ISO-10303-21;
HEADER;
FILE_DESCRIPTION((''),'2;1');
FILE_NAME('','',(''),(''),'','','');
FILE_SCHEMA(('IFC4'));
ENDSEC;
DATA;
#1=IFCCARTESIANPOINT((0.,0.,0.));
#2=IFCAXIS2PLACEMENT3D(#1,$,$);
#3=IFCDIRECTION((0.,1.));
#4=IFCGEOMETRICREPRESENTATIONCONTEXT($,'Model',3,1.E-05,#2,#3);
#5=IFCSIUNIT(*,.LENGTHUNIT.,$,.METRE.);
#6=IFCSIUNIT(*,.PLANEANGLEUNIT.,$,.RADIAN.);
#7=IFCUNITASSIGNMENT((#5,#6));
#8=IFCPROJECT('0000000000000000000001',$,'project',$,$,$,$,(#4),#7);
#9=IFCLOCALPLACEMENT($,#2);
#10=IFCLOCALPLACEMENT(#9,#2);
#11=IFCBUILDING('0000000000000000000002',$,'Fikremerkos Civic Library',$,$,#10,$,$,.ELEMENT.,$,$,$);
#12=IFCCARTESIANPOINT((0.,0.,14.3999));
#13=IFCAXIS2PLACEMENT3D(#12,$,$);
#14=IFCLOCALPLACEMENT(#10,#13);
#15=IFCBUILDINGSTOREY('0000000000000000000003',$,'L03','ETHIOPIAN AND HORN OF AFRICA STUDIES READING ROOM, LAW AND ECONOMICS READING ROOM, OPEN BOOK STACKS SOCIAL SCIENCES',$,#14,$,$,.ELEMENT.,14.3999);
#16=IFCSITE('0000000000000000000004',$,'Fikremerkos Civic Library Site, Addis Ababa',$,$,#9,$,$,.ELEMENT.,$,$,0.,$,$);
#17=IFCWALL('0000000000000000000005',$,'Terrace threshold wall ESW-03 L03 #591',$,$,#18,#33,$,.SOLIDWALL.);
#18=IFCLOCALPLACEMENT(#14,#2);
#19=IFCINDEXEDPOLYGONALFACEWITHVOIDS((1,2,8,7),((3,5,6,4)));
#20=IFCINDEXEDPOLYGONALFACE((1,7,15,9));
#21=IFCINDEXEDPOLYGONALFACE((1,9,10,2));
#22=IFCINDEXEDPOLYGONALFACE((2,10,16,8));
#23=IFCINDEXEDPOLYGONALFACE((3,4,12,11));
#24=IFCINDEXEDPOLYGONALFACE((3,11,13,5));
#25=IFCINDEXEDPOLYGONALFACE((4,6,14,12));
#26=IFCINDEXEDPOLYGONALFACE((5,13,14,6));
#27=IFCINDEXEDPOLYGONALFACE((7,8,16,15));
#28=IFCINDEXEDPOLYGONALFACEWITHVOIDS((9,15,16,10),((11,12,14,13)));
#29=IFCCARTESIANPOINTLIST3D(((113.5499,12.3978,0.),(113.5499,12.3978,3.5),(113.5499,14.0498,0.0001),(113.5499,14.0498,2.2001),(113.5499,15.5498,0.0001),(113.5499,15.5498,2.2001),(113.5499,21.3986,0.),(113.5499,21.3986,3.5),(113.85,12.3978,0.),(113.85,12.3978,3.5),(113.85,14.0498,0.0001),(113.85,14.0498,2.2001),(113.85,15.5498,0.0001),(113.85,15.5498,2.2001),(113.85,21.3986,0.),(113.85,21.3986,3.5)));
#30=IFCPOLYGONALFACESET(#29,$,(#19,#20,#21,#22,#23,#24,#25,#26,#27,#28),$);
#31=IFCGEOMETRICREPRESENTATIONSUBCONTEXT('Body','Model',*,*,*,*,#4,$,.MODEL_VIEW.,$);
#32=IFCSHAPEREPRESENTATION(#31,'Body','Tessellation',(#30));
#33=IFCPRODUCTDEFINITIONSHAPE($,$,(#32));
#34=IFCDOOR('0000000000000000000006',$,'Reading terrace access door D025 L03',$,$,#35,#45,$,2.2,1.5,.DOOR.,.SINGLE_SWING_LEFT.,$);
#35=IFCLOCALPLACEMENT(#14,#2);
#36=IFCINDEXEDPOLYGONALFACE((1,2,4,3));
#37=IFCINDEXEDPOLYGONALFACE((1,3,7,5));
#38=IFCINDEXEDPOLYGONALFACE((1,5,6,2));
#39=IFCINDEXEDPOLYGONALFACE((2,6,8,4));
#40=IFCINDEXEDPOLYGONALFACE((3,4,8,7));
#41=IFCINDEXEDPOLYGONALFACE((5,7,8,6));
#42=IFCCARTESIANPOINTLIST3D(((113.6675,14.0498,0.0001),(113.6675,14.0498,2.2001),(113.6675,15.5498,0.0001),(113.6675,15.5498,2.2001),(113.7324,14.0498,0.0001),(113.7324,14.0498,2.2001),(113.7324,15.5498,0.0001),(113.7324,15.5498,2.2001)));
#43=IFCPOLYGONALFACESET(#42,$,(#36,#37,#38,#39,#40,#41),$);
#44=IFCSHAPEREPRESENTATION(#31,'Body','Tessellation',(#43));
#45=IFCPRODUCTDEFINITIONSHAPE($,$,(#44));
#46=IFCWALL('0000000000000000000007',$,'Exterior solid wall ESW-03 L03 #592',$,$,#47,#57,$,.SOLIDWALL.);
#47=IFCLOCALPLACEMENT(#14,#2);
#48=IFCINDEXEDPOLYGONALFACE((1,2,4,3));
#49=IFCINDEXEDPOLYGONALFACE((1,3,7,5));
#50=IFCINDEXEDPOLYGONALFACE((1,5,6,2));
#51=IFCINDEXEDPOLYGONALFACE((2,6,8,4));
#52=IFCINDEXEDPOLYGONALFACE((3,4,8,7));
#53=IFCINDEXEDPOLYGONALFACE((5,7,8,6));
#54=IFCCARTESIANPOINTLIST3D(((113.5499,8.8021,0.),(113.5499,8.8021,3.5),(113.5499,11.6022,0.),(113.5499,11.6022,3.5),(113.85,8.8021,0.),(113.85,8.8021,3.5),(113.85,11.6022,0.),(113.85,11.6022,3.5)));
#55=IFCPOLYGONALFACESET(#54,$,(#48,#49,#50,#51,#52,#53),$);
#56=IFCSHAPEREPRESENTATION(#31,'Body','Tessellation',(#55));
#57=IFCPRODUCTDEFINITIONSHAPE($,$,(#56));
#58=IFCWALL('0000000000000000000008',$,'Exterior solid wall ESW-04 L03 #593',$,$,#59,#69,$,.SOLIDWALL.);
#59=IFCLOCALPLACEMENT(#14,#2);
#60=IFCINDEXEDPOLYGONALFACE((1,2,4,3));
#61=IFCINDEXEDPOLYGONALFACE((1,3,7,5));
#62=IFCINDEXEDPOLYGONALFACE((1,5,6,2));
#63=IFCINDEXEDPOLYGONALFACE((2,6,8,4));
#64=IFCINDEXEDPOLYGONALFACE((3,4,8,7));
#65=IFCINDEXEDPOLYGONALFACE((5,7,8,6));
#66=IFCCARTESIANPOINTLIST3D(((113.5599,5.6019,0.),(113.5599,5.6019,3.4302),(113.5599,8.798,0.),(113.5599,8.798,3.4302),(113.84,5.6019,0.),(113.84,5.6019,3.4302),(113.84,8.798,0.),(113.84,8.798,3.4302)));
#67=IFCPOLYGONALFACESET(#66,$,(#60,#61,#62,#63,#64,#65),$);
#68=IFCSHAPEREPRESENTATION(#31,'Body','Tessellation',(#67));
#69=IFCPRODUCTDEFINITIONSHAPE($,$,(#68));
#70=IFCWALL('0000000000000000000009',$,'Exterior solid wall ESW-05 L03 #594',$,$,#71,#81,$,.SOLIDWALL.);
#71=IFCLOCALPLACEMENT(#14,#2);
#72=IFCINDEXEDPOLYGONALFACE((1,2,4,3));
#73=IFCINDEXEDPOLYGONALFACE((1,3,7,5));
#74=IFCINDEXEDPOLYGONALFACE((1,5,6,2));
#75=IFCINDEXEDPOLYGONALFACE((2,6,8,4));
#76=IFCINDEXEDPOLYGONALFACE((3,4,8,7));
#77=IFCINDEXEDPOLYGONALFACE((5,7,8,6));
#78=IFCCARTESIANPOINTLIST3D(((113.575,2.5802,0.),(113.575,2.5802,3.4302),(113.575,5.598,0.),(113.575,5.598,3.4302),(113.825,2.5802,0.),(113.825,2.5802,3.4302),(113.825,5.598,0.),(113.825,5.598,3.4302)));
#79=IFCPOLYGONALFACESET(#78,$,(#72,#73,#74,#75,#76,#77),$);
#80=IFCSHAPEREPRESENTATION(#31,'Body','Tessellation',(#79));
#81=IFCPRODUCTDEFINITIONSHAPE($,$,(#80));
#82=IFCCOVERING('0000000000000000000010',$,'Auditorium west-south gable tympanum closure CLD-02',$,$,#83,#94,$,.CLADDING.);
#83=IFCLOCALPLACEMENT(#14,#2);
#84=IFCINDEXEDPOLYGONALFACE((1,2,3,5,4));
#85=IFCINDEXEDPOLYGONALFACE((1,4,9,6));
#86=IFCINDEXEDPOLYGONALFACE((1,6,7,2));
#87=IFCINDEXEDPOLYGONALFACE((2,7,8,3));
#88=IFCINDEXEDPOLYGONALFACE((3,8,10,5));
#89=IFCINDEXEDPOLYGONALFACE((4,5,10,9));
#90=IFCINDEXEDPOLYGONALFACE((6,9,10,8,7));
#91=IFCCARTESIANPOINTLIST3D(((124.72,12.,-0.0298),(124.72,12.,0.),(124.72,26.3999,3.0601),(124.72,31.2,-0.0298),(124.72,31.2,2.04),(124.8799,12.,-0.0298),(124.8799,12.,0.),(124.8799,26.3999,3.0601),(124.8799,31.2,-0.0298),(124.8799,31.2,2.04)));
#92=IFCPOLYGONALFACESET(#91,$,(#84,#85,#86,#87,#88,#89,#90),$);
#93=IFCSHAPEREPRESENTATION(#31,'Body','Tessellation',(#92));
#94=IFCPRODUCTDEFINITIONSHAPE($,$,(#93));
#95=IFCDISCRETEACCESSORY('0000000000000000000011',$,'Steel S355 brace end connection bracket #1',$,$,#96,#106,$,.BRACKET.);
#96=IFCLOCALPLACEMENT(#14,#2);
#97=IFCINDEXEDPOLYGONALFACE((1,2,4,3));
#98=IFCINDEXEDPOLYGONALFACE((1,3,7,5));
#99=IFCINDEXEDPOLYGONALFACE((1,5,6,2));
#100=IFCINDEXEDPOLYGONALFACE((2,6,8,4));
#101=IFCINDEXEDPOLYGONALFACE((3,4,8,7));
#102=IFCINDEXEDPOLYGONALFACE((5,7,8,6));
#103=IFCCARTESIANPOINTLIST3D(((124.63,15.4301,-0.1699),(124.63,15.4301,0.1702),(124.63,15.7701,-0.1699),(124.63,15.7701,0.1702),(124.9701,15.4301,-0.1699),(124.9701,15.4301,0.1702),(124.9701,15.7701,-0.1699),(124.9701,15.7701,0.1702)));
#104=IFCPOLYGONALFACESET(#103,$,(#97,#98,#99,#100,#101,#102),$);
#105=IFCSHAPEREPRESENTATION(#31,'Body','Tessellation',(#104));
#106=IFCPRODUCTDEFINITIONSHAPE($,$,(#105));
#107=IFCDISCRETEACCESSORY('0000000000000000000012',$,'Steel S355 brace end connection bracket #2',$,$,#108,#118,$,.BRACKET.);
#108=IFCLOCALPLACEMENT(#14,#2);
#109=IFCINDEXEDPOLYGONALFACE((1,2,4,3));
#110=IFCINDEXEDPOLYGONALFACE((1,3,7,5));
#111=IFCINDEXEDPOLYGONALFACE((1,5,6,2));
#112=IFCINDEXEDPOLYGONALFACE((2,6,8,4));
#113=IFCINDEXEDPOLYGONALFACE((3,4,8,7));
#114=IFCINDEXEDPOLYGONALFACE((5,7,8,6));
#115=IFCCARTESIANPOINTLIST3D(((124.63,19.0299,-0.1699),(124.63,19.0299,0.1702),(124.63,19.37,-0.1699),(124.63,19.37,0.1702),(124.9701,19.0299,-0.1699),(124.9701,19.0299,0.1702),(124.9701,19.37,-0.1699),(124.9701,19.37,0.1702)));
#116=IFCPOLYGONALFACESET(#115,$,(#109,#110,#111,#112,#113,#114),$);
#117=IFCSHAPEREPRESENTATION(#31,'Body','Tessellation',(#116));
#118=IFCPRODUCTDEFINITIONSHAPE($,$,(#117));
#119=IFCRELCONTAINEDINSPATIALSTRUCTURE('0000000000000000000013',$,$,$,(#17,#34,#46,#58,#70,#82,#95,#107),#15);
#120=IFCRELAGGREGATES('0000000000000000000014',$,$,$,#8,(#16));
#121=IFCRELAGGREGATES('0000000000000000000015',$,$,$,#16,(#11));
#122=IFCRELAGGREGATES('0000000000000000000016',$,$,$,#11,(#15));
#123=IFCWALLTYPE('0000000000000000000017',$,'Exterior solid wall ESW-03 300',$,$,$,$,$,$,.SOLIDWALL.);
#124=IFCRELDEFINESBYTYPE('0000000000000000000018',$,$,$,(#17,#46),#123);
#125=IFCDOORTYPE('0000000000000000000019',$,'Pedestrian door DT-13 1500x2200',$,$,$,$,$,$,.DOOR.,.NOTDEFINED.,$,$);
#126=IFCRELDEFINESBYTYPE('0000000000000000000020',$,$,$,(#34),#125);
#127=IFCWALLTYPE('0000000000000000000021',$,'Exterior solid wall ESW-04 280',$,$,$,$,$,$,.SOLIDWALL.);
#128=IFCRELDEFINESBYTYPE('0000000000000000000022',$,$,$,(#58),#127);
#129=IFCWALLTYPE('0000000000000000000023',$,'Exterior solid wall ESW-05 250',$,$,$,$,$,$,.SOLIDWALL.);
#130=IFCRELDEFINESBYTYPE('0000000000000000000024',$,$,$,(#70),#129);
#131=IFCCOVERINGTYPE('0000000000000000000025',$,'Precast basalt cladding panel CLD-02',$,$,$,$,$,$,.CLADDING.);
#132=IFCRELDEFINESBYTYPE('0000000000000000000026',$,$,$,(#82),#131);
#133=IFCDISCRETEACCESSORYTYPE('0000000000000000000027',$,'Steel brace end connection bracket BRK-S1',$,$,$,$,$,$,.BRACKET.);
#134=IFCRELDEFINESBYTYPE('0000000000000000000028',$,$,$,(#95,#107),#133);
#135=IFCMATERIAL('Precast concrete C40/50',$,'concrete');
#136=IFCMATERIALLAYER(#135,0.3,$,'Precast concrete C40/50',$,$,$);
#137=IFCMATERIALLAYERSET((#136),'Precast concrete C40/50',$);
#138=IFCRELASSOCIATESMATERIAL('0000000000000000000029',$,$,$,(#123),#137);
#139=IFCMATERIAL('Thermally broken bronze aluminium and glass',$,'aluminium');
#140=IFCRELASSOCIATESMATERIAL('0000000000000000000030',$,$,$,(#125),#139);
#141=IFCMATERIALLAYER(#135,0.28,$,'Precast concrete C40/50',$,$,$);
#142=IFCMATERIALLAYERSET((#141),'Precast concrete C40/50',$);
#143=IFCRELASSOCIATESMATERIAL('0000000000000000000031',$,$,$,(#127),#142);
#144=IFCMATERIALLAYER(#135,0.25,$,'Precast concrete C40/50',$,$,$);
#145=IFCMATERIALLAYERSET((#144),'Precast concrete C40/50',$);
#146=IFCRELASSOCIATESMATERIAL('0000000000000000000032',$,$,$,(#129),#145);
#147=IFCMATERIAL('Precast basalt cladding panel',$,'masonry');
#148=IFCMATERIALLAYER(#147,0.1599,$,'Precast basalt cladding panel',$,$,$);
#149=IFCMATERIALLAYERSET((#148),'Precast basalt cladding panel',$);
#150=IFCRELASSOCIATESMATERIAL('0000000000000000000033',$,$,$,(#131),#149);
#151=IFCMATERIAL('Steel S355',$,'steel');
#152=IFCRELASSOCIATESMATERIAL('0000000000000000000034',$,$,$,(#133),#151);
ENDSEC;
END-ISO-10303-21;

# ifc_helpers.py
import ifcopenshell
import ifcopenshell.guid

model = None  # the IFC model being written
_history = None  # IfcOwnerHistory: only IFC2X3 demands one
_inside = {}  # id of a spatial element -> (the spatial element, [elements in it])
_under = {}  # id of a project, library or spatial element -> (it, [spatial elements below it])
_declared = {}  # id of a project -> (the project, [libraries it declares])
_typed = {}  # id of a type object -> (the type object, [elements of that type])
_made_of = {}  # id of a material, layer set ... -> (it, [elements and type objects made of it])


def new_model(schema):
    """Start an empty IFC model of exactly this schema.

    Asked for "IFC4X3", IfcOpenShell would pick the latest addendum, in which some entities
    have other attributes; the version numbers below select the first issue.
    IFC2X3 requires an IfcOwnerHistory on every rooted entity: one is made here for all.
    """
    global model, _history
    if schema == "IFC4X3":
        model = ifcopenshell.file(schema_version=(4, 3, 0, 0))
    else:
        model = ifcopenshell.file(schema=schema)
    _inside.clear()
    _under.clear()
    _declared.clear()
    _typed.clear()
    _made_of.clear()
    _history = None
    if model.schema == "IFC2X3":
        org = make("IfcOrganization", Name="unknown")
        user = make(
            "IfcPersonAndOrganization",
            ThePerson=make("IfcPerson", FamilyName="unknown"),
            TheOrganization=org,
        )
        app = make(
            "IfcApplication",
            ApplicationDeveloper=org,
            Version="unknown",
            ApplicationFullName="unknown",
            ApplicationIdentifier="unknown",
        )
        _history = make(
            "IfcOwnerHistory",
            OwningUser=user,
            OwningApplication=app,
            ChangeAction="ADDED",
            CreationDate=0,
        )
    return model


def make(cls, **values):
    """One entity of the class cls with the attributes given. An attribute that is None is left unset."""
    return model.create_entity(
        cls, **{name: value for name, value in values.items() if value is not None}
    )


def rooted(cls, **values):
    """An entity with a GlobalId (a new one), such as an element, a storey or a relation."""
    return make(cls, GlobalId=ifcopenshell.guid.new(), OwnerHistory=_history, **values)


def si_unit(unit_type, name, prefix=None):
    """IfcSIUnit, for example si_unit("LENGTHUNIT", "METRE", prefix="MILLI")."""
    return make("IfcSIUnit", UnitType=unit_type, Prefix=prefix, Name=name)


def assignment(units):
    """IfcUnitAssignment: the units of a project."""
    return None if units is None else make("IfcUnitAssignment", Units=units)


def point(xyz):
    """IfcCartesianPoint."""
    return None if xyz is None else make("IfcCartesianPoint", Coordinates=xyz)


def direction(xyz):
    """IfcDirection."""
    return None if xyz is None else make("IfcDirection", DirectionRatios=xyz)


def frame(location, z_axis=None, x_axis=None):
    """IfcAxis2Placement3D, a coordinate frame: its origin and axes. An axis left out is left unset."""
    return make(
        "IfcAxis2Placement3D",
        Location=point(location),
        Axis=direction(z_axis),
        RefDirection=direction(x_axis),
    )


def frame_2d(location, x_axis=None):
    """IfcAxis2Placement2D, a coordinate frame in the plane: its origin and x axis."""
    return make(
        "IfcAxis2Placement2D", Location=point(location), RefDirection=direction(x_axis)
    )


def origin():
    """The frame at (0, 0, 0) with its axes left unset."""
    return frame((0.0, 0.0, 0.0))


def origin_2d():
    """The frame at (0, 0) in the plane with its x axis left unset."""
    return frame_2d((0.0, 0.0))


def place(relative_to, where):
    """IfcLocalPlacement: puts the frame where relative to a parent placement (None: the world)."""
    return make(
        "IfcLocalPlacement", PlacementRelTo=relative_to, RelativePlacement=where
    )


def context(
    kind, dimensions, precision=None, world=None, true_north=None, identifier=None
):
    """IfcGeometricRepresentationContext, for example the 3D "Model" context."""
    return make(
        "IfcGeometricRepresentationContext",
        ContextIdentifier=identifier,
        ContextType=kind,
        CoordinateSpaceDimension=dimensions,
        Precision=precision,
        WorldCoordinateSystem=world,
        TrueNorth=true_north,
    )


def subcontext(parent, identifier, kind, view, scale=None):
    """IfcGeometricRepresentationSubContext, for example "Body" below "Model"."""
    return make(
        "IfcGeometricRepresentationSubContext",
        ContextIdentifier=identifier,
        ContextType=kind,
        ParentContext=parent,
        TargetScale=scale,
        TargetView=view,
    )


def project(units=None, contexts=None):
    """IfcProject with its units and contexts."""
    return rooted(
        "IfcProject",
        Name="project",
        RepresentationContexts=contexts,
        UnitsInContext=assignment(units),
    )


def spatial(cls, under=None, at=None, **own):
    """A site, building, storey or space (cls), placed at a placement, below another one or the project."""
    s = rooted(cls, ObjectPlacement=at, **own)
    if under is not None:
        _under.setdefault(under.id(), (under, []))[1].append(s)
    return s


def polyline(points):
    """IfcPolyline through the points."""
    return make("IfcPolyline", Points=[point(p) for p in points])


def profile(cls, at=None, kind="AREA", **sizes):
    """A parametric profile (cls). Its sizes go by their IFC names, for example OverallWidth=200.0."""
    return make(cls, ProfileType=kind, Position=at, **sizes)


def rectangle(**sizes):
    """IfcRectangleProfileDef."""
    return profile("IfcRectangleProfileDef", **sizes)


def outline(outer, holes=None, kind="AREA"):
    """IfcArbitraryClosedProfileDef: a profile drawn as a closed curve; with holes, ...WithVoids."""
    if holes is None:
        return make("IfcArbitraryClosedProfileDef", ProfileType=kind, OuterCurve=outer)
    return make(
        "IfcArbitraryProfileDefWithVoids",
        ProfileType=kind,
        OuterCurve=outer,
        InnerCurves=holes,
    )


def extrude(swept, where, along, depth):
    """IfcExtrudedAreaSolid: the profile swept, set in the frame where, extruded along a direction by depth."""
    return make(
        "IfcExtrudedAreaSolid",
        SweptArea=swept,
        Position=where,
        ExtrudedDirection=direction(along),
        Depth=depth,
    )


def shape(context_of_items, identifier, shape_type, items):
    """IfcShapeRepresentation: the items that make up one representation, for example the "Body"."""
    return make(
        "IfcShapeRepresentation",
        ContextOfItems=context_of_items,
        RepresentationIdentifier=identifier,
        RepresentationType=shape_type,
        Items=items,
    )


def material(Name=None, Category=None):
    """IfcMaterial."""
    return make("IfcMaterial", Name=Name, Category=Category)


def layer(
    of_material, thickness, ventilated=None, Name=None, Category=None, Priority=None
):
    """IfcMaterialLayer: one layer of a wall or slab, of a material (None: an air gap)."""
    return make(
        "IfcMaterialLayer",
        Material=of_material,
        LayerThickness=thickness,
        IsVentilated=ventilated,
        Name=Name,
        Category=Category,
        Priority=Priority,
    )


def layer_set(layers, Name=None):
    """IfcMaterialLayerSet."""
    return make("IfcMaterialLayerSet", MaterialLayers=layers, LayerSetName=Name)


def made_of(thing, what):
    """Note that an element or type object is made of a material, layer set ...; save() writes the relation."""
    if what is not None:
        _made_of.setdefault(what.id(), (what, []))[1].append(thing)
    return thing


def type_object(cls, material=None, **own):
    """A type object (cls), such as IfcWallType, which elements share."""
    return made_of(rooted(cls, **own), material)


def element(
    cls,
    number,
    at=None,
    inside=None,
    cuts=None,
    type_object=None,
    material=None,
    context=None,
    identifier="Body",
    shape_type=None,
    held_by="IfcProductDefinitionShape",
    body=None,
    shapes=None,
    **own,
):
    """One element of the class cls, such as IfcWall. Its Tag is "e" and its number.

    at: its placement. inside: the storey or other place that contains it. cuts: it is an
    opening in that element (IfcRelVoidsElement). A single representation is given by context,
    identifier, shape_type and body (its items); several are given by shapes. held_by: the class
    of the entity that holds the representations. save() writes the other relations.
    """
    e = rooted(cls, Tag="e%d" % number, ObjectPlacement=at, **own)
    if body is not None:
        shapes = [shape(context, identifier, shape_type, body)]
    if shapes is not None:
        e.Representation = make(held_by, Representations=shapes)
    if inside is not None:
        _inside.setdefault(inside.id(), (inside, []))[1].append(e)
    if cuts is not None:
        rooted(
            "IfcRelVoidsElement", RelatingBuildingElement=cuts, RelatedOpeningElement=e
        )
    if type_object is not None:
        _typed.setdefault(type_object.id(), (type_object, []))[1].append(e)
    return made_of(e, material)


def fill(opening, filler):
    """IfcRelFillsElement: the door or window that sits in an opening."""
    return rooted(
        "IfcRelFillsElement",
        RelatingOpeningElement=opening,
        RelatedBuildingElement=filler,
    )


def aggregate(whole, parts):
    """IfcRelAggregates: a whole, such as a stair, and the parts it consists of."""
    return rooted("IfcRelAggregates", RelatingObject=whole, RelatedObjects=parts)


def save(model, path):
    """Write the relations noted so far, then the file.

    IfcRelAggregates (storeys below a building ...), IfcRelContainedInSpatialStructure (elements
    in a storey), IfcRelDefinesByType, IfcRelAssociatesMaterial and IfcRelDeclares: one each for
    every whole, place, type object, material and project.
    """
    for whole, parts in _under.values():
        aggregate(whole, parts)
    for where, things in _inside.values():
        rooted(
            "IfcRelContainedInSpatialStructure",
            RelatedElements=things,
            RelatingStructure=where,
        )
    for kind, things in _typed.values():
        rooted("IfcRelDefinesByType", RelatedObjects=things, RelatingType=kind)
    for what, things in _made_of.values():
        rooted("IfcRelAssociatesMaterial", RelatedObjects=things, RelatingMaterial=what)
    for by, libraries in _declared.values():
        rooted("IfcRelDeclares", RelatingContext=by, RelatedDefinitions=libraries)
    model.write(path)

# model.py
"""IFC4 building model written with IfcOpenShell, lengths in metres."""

from ifc_helpers import new_model, si_unit, direction, frame, frame_2d, origin, origin_2d, place, context, subcontext, project, spatial, polyline, rectangle, outline, extrude, material, layer, layer_set, type_object, element, fill, save


model = new_model("IFC4")

# Units and contexts
model_context = context("Model", 3, precision=1e-05, world=origin(), true_north=direction((0.0, 1.0)))
body_context = subcontext(model_context, "Body", "Model", "MODEL_VIEW")
ifc_project = project(units=[si_unit("LENGTHUNIT", "METRE"), si_unit("PLANEANGLEUNIT", "RADIAN")], contexts=[model_context])

# Site, building, storey
site_placement = place(None, origin())
site = spatial("IfcSite", under=ifc_project, at=site_placement, Name="Fikremerkos Civic Library Site, Addis Ababa", CompositionType="ELEMENT", RefElevation=0.0)
building_placement = place(site_placement, origin())
building = spatial("IfcBuilding", under=site, at=building_placement, Name="Fikremerkos Civic Library", CompositionType="ELEMENT")
storey_placement = place(building_placement, frame((0.0, 0.0, 14.3999)))
storey = spatial("IfcBuildingStorey", under=building, at=storey_placement, Name="L03", Description="ETHIOPIAN AND HORN OF AFRICA STUDIES READING ROOM, LAW AND ECONOMICS READING ROOM, OPEN BOOK STACKS SOCIAL SCIENCES", CompositionType="ELEMENT", Elevation=14.3999)

# Shared definitions
ifc_material_1 = material(Name="Steel S355", Category="steel")

# Wall, opening, door
ifc_material_2 = material(Name="Precast concrete C40/50", Category="concrete")
ifc_layer_1 = layer(ifc_material_2, 0.3, Name="Precast concrete C40/50")
ifc_layer_set_1 = layer_set([ifc_layer_1], Name="Precast concrete C40/50")
wall_type_1 = type_object("IfcWallType", Name="Exterior solid wall ESW-03 300", PredefinedType="SOLIDWALL", material=ifc_layer_set_1)
wall_1_placement = place(storey_placement, frame((113.7, 21.3987, 0.0), z_axis=(0.0, 0.0, 1.0), x_axis=(0.0, -1.0, 0.0)))
wall_1 = element("IfcWall", 1, at=wall_1_placement, inside=storey, type_object=wall_type_1, Name="Terrace threshold wall ESW-03 L03 #591", PredefinedType="SOLIDWALL", context=body_context, shape_type="SweptSolid", body=[
    extrude(rectangle(XDim=9.0007, YDim=0.3, at=frame_2d((4.5005, 0.0))), origin(), (0.0, 0.0, 1.0), 3.5),
])
opening_1_placement = place(wall_1_placement, frame((5.8489, 0.0, 0.0)))
opening_1 = element("IfcOpeningElement", 2, at=opening_1_placement, cuts=wall_1, PredefinedType="OPENING", context=body_context, shape_type="SweptSolid", body=[
    extrude(rectangle(XDim=1.5, YDim=2.2, at=frame_2d((0.75, 1.1001))), frame((0.0, 0.1599, 0.0), z_axis=(0.0, -1.0, 0.0), x_axis=(1.0, 0.0, 0.0)), (0.0, 0.0, 1.0), 0.3201),
])
ifc_material_3 = material(Name="Thermally broken bronze aluminium and glass", Category="aluminium")
door_type = type_object("IfcDoorType", Name="Pedestrian door DT-13 1500x2200", OperationType="NOTDEFINED", PredefinedType="DOOR", material=ifc_material_3)
door_placement = place(opening_1_placement, origin())
door = element("IfcDoor", 3, at=door_placement, inside=storey, type_object=door_type, Name="Reading terrace access door D025 L03", OperationType="SINGLE_SWING_LEFT", OverallHeight=2.2, OverallWidth=1.5, PredefinedType="DOOR", context=body_context, shape_type="SweptSolid", body=[
    extrude(rectangle(XDim=1.5, YDim=2.2, at=frame_2d((0.75, 1.1001))), frame((0.0, 0.0325, 0.0), z_axis=(0.0, -1.0, 0.0), x_axis=(1.0, 0.0, 0.0)), (0.0, 0.0, 1.0), 0.0649),
])
fill(opening_1, door)

# Walls
wall_2_placement = place(storey_placement, frame((113.7, 11.6021, 0.0), z_axis=(0.0, 0.0, 1.0), x_axis=(0.0, -1.0, 0.0)))
element("IfcWall", 4, at=wall_2_placement, inside=storey, type_object=wall_type_1, Name="Exterior solid wall ESW-03 L03 #592", PredefinedType="SOLIDWALL", context=body_context, shape_type="SweptSolid", body=[
    extrude(rectangle(XDim=2.8, YDim=0.3, at=frame_2d((1.3999, 0.0))), origin(), (0.0, 0.0, 1.0), 3.5),
])
ifc_layer_2 = layer(ifc_material_2, 0.28, Name="Precast concrete C40/50")
ifc_layer_set_2 = layer_set([ifc_layer_2], Name="Precast concrete C40/50")
wall_type_2 = type_object("IfcWallType", Name="Exterior solid wall ESW-04 280", PredefinedType="SOLIDWALL", material=ifc_layer_set_2)
wall_3_placement = place(storey_placement, frame((113.7, 8.7981, 0.0), z_axis=(0.0, 0.0, 1.0), x_axis=(0.0, -1.0, 0.0)))
element("IfcWall", 5, at=wall_3_placement, inside=storey, type_object=wall_type_2, Name="Exterior solid wall ESW-04 L03 #593", PredefinedType="SOLIDWALL", context=body_context, shape_type="SweptSolid", body=[
    extrude(rectangle(XDim=3.196, YDim=0.28, at=frame_2d((1.5981, 0.0))), origin(), (0.0, 0.0, 1.0), 3.4302),
])

# Wall
ifc_layer_3 = layer(ifc_material_2, 0.25, Name="Precast concrete C40/50")
ifc_layer_set_3 = layer_set([ifc_layer_3], Name="Precast concrete C40/50")
wall_type_3 = type_object("IfcWallType", Name="Exterior solid wall ESW-05 250", PredefinedType="SOLIDWALL", material=ifc_layer_set_3)
wall_4_placement = place(storey_placement, frame((113.7, 5.5979, 0.0), z_axis=(0.0, 0.0, 1.0), x_axis=(0.0, -1.0, 0.0)))
element("IfcWall", 6, at=wall_4_placement, inside=storey, type_object=wall_type_3, Name="Exterior solid wall ESW-05 L03 #594", PredefinedType="SOLIDWALL", context=body_context, shape_type="SweptSolid", body=[
    extrude(rectangle(XDim=3.0178, YDim=0.25, at=frame_2d((1.5088, 0.0))), origin(), (0.0, 0.0, 1.0), 3.4302),
])

# Covering
ifc_material_4 = material(Name="Precast basalt cladding panel", Category="masonry")
ifc_layer_4 = layer(ifc_material_4, 0.1599, Name="Precast basalt cladding panel")
ifc_layer_set_4 = layer_set([ifc_layer_4], Name="Precast basalt cladding panel")
covering_type = type_object("IfcCoveringType", Name="Precast basalt cladding panel CLD-02", PredefinedType="CLADDING", material=ifc_layer_set_4)
covering_placement = place(storey_placement, frame((124.8, 12.0, -0.0298), z_axis=(0.0, 0.0, 1.0), x_axis=(0.0, 1.0, 0.0)))
element("IfcCovering", 7, at=covering_placement, inside=storey, type_object=covering_type, Name="Auditorium west-south gable tympanum closure CLD-02", PredefinedType="CLADDING", context=body_context, shape_type="SweptSolid", body=[
    extrude(outline(polyline([(0.0, 0.0), (19.2, 0.0), (19.2, 2.0698), (14.3999, 3.0898), (0.0, 0.0298), (0.0, 0.0)])), frame((0.0, 0.0801, 0.0), z_axis=(0.0, -1.0, 0.0), x_axis=(1.0, 0.0, 0.0)), (0.0, 0.0, 1.0), 0.1599),
])

# Discrete accessories
discrete_accessory_type = type_object("IfcDiscreteAccessoryType", Name="Steel brace end connection bracket BRK-S1", PredefinedType="BRACKET", material=ifc_material_1)
for number, where, z_axis, x_axis, name in (
    (8, (124.8, 15.6001, -0.1699), (0.0, 0.0, 1.0), (1.0, 0.0, 0.0), "Steel S355 brace end connection bracket #1"),
    (9, (124.8, 19.2, -0.1699), (0.0, 0.0, 1.0), (1.0, 0.0, 0.0), "Steel S355 brace end connection bracket #2"),
):
    element("IfcDiscreteAccessory", number, at=place(storey_placement, frame(where, z_axis=z_axis, x_axis=x_axis)), inside=storey, type_object=discrete_accessory_type, Name=name, PredefinedType="BRACKET", context=body_context, shape_type="SweptSolid", body=[
        extrude(rectangle(XDim=0.3401, YDim=0.3401, at=origin_2d()), origin(), (0.0, 0.0, 1.0), 0.3401),
    ])

save(model, "model.ifc")
